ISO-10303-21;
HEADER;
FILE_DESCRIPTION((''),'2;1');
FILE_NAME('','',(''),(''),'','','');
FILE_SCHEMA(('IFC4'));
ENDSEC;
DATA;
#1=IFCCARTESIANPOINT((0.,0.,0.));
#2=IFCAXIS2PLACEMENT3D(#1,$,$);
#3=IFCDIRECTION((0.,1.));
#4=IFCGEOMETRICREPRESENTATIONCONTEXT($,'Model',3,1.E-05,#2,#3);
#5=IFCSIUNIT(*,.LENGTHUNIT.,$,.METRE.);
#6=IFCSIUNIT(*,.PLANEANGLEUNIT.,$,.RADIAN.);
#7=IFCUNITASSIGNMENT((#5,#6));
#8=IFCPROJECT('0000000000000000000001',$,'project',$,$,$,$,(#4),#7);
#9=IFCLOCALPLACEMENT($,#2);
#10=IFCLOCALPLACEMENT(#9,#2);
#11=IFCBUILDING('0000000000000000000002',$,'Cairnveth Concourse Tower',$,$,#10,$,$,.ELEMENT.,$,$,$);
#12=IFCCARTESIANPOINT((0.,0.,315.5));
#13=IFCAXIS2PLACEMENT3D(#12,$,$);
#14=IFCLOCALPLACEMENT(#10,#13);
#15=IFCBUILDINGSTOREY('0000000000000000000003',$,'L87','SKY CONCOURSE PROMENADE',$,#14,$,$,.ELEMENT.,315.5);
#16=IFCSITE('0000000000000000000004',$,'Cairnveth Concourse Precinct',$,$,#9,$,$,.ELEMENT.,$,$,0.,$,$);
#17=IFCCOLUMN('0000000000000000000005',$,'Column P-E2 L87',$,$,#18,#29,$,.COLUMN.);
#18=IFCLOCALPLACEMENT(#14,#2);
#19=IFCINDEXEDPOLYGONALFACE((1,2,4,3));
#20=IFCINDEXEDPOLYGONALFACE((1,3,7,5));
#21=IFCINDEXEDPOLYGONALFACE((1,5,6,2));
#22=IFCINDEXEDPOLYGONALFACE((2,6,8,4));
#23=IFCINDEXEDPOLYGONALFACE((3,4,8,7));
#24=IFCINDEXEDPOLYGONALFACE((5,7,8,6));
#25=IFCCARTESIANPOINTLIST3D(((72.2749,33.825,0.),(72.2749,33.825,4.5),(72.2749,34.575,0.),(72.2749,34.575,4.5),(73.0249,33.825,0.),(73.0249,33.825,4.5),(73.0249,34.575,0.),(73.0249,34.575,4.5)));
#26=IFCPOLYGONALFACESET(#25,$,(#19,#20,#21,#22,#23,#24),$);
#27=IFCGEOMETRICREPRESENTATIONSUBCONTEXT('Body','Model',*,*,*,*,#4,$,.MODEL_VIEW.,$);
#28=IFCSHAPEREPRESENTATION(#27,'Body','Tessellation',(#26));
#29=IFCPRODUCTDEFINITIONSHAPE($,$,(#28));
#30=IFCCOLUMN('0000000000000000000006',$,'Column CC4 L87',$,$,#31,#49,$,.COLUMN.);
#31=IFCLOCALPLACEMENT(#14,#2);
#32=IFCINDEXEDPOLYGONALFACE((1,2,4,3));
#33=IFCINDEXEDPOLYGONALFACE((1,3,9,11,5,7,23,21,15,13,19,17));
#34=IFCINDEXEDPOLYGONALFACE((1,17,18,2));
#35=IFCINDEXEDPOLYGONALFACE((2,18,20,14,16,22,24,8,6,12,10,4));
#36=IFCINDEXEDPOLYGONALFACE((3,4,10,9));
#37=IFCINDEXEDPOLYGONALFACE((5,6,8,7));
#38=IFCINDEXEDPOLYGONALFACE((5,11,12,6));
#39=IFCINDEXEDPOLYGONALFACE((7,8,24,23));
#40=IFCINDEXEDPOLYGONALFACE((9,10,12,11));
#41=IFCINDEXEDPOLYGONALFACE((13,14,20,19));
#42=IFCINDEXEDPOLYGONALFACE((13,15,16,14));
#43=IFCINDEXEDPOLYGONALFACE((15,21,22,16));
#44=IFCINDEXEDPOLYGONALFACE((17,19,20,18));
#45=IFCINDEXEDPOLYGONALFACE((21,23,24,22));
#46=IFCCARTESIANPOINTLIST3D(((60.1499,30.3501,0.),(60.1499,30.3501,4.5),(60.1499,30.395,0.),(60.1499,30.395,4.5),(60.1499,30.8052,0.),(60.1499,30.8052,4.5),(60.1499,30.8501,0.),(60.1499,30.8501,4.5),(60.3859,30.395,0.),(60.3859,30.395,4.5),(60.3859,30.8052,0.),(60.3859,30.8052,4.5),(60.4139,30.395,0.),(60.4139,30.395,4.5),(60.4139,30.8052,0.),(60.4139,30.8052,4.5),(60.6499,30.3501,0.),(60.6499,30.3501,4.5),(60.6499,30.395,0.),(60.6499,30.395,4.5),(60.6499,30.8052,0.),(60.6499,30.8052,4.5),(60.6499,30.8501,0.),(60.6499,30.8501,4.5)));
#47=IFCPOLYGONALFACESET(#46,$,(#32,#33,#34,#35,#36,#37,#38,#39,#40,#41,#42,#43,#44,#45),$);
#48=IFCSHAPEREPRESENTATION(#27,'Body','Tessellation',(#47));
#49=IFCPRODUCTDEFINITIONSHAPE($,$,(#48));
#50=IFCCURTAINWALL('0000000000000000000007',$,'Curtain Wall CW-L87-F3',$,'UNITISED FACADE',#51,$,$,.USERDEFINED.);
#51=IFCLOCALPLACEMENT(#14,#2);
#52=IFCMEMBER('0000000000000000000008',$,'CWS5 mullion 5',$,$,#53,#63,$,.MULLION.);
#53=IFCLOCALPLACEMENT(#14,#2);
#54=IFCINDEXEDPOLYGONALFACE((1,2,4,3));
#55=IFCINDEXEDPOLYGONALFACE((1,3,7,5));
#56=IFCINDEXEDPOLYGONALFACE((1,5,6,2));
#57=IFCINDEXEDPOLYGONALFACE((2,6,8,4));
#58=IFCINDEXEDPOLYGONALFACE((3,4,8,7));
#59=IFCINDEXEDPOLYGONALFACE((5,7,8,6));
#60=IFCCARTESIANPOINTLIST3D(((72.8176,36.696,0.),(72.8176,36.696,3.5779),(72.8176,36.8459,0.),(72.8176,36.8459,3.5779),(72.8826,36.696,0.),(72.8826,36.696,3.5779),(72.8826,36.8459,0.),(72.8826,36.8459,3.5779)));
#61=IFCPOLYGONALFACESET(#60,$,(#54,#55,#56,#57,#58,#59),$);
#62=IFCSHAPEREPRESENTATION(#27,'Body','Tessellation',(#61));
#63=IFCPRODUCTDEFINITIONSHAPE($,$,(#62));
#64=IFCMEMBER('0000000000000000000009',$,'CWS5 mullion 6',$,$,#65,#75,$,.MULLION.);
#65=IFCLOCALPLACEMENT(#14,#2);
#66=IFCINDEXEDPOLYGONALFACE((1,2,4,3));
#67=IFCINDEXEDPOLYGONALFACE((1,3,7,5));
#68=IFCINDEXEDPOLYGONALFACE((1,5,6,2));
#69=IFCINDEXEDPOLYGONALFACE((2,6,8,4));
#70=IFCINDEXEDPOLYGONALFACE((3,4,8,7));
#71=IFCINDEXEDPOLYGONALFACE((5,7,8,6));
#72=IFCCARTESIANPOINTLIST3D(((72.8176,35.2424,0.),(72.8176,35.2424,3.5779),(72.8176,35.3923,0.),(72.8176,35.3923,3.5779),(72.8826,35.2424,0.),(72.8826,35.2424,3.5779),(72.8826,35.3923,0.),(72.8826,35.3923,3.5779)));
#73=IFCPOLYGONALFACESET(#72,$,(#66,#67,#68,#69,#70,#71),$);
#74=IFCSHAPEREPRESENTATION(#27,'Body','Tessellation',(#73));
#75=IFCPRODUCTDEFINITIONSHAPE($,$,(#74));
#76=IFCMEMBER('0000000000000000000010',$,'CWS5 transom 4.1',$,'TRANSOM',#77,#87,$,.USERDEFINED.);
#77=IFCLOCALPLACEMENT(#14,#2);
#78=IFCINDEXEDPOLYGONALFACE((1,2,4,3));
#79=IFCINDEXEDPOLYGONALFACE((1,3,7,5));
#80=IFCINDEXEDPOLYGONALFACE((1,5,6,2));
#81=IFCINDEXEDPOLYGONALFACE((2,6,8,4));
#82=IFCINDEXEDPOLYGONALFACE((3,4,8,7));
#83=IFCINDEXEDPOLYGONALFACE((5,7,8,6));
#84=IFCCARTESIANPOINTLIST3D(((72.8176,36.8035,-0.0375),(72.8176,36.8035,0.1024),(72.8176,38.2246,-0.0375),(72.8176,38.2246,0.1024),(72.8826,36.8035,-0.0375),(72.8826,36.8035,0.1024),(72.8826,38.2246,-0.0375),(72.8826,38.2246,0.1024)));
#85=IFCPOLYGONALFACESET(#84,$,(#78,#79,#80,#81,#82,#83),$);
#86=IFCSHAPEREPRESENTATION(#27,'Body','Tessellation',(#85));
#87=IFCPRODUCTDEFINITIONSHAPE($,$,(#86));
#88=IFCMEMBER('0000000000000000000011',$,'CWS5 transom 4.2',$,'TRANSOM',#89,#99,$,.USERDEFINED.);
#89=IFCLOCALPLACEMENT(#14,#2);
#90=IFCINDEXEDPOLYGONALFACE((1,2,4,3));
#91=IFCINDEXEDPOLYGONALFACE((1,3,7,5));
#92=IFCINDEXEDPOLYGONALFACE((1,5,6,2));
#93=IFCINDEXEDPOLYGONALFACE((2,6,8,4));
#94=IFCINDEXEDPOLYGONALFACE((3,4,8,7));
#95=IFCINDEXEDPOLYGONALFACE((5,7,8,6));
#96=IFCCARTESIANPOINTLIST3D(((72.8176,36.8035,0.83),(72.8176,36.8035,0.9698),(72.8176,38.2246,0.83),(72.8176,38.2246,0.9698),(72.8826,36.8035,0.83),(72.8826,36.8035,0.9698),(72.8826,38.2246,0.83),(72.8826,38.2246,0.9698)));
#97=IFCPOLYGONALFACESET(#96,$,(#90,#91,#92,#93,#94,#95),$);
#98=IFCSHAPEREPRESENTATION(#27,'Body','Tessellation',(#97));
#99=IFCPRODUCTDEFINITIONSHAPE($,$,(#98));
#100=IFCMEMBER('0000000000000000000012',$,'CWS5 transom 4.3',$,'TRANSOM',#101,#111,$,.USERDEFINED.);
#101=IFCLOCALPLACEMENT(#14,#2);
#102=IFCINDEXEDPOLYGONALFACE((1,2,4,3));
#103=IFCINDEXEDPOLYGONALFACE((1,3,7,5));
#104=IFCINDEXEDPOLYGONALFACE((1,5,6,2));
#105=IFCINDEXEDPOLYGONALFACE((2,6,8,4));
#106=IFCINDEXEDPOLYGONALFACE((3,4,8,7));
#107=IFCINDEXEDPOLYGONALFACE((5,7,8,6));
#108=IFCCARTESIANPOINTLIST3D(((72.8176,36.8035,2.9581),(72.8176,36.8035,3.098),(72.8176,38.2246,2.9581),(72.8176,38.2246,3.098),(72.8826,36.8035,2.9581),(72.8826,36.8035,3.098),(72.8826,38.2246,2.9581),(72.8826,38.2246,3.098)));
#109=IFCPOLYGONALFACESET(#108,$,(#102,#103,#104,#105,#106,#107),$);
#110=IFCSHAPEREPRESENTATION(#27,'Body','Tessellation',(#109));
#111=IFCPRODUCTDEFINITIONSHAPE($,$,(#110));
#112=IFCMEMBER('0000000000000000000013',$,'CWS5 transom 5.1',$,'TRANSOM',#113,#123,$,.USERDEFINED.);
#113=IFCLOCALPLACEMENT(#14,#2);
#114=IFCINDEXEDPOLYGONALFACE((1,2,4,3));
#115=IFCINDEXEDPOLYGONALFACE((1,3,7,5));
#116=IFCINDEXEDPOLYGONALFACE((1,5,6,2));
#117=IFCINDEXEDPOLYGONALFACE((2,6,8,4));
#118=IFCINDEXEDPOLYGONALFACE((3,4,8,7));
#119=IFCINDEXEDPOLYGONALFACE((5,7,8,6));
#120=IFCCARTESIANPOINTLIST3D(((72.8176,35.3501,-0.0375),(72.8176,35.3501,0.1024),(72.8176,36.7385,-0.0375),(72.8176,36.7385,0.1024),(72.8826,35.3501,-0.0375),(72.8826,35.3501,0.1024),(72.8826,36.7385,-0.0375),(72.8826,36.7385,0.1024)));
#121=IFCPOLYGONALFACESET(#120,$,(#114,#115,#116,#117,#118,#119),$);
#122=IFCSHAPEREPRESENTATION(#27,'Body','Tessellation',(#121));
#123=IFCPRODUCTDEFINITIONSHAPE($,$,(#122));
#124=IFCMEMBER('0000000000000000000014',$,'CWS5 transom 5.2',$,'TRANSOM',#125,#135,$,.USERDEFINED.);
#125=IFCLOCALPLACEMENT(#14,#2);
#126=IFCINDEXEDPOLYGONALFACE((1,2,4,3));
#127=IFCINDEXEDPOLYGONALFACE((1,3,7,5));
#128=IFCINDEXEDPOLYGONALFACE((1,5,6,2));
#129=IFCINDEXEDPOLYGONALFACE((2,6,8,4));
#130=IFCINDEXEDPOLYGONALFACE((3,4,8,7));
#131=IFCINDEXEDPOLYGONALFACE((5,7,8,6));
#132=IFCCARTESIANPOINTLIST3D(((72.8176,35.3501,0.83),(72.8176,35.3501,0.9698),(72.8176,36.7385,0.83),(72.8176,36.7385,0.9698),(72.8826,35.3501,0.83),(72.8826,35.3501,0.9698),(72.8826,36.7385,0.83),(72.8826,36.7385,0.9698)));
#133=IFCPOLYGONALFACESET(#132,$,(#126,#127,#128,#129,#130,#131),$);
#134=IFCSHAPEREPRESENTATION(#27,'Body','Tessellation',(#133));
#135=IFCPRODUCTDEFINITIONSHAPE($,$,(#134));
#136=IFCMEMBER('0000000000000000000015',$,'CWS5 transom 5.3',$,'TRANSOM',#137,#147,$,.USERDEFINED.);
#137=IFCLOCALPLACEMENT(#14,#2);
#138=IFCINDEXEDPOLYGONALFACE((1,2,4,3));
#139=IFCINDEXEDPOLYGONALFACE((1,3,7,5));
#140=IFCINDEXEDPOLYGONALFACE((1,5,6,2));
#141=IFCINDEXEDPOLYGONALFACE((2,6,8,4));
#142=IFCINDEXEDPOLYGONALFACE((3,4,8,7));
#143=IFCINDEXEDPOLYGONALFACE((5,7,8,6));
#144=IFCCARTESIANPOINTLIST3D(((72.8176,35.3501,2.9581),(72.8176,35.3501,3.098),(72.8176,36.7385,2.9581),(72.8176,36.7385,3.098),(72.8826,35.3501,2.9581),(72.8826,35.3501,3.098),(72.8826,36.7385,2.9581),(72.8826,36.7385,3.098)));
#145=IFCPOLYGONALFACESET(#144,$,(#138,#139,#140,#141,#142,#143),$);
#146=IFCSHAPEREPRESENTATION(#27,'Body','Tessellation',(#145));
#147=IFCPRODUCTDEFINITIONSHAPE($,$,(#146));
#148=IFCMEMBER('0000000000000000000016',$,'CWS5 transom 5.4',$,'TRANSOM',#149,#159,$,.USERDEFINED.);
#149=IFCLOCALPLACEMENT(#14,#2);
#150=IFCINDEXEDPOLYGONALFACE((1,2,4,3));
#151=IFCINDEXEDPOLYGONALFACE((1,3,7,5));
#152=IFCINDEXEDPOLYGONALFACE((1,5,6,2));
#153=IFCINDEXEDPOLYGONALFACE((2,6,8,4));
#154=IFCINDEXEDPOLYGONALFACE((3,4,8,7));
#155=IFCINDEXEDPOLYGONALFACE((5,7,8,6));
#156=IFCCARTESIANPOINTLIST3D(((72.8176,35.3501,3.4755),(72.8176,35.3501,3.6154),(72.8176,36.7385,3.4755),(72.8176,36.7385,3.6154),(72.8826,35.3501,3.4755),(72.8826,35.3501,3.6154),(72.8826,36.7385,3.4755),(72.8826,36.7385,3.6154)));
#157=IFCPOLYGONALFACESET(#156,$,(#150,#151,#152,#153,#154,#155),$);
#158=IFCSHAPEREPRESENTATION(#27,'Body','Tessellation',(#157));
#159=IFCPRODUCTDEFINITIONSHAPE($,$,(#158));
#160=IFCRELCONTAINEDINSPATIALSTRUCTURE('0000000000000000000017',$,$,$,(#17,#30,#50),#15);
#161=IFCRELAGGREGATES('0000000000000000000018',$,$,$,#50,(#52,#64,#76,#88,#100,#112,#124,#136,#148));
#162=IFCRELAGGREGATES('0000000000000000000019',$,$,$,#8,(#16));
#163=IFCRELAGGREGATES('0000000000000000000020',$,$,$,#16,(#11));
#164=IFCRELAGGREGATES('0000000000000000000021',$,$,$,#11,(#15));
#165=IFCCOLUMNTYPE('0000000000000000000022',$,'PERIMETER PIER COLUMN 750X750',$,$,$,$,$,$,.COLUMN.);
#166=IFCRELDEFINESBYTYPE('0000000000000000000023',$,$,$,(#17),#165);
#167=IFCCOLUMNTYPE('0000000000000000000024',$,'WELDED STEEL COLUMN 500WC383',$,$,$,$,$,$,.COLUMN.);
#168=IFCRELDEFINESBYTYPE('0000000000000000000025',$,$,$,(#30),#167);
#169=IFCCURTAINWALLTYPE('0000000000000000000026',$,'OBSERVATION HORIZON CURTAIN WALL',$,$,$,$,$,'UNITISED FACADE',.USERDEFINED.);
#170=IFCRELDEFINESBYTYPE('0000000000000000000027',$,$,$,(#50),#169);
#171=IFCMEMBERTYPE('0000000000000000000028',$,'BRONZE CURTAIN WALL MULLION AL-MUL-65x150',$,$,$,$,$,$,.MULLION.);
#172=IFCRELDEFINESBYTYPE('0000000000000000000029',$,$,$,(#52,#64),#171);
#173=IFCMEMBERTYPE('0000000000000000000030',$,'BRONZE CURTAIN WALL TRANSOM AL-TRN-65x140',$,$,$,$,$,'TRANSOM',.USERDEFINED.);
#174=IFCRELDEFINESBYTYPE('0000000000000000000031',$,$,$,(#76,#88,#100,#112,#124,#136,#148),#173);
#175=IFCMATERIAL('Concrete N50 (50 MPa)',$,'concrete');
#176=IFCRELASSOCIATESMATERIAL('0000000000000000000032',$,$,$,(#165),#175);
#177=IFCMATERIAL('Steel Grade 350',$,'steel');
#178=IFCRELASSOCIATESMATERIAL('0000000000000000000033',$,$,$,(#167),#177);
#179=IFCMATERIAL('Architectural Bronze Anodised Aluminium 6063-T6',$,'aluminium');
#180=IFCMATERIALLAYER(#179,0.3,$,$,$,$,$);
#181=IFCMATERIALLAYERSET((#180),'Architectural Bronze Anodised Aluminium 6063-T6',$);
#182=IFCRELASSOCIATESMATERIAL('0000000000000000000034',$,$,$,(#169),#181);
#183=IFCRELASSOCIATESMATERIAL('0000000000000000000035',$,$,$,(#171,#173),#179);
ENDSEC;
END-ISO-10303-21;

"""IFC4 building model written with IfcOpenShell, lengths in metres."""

from ifc_helpers import new_model, si_unit, direction, frame, origin, origin_2d, place, context, subcontext, project, spatial, rectangle, i_section, extrude, material, layer, layer_set, material_profile, profile_set, type_object, element, aggregate, save


model = new_model("IFC4")

# Units and contexts
model_context = context("Model", 3, precision=1e-05, world=origin(), true_north=direction((0.0, 1.0)))
body_context = subcontext(model_context, "Body", "Model", "MODEL_VIEW")
ifc_project = project(units=[si_unit("LENGTHUNIT", "METRE"), si_unit("PLANEANGLEUNIT", "RADIAN")], contexts=[model_context])

# Site, building, storey
site_placement = place(None, origin())
site = spatial("IfcSite", under=ifc_project, at=site_placement, Name="Cairnveth Concourse Precinct", CompositionType="ELEMENT", RefElevation=0.0)
building_placement = place(site_placement, origin())
building = spatial("IfcBuilding", under=site, at=building_placement, Name="Cairnveth Concourse Tower", CompositionType="ELEMENT")
storey_placement = place(building_placement, frame((0.0, 0.0, 315.5)))
storey = spatial("IfcBuildingStorey", under=building, at=storey_placement, Name="L87", Description="SKY CONCOURSE PROMENADE", CompositionType="ELEMENT", Elevation=315.5)

# Columns
ifc_material_1 = material(Name="Concrete N50 (50 MPa)", Category="concrete")
ifc_material_profile_1 = material_profile(ifc_material_1, rectangle(XDim=0.75, YDim=0.75, at=origin_2d()), Name="RC-COL-750x750")
ifc_profile_set_1 = profile_set([ifc_material_profile_1], Name="Concrete N50 (50 MPa)")
column_type_1 = type_object("IfcColumnType", Name="PERIMETER PIER COLUMN 750X750", PredefinedType="COLUMN", material=ifc_profile_set_1)
column_1_placement = place(storey_placement, frame((72.6499, 34.2, 0.0), z_axis=(0.0, 0.0, 1.0), x_axis=(0.0, 1.0, 0.0)))
element("IfcColumn", 1, at=column_1_placement, inside=storey, type_object=column_type_1, Name="Column P-E2 L87", PredefinedType="COLUMN", context=body_context, shape_type="SweptSolid", body=[
    extrude(rectangle(XDim=0.75, YDim=0.75, at=origin_2d()), origin(), (0.0, 0.0, 1.0), 4.5),
])
ifc_material_2 = material(Name="Steel Grade 350", Category="steel")
ifc_material_profile_2 = material_profile(ifc_material_2, i_section(OverallWidth=0.5, OverallDepth=0.5, WebThickness=0.0281, FlangeThickness=0.0449, at=origin_2d()), Name="500WC383")
ifc_profile_set_2 = profile_set([ifc_material_profile_2], Name="Steel Grade 350")
column_type_2 = type_object("IfcColumnType", Name="WELDED STEEL COLUMN 500WC383", PredefinedType="COLUMN", material=ifc_profile_set_2)
column_2_placement = place(storey_placement, frame((60.3999, 30.6001, 0.0), z_axis=(0.0, 0.0, 1.0), x_axis=(1.0, 0.0, 0.0)))
element("IfcColumn", 2, at=column_2_placement, inside=storey, type_object=column_type_2, Name="Column CC4 L87", PredefinedType="COLUMN", context=body_context, shape_type="SweptSolid", body=[
    extrude(i_section(OverallWidth=0.5, OverallDepth=0.5, WebThickness=0.0281, FlangeThickness=0.0449, at=origin_2d()), origin(), (0.0, 0.0, 1.0), 4.5),
])

# Curtain wall, members
ifc_material_3 = material(Name="Architectural Bronze Anodised Aluminium 6063-T6", Category="aluminium")
ifc_layer_1 = layer(ifc_material_3, 0.3)
ifc_layer_set_1 = layer_set([ifc_layer_1], Name="Architectural Bronze Anodised Aluminium 6063-T6")
curtain_wall_type = type_object("IfcCurtainWallType", Name="OBSERVATION HORIZON CURTAIN WALL", ElementType="UNITISED FACADE", PredefinedType="USERDEFINED", material=ifc_layer_set_1)
curtain_wall_placement = place(storey_placement, origin())
curtain_wall = element("IfcCurtainWall", 3, at=curtain_wall_placement, inside=storey, type_object=curtain_wall_type, Name="Curtain Wall CW-L87-F3", ObjectType="UNITISED FACADE", PredefinedType="USERDEFINED")
ifc_material_profile_3 = material_profile(ifc_material_3, rectangle(XDim=0.0649, YDim=0.1499, at=origin_2d()), Name="AL-MUL-65x150")
ifc_profile_set_3 = profile_set([ifc_material_profile_3], Name="Architectural Bronze Anodised Aluminium 6063-T6")
member_type_1 = type_object("IfcMemberType", Name="BRONZE CURTAIN WALL MULLION AL-MUL-65x150", PredefinedType="MULLION", material=ifc_profile_set_3)
member_1_placement = place(storey_placement, frame((72.8501, 36.771, 0.0), z_axis=(0.0, 0.0, 1.0), x_axis=(1.0, 0.0, 0.0)))
member_1 = element("IfcMember", 4, at=member_1_placement, type_object=member_type_1, Name="CWS5 mullion 5", PredefinedType="MULLION", context=body_context, shape_type="SweptSolid", body=[
    extrude(rectangle(XDim=0.0649, YDim=0.1499, at=origin_2d()), origin(), (0.0, 0.0, 1.0), 3.5779),
])
member_2_placement = place(storey_placement, frame((72.8501, 35.3174, 0.0), z_axis=(0.0, 0.0, 1.0), x_axis=(1.0, 0.0, 0.0)))
member_2 = element("IfcMember", 5, at=member_2_placement, type_object=member_type_1, Name="CWS5 mullion 6", PredefinedType="MULLION", context=body_context, shape_type="SweptSolid", body=[
    extrude(rectangle(XDim=0.0649, YDim=0.1499, at=origin_2d()), origin(), (0.0, 0.0, 1.0), 3.5779),
])
ifc_material_profile_4 = material_profile(ifc_material_3, rectangle(XDim=0.0649, YDim=0.1399, at=origin_2d()), Name="AL-TRN-65x140")
ifc_profile_set_4 = profile_set([ifc_material_profile_4], Name="Architectural Bronze Anodised Aluminium 6063-T6")
member_type_2 = type_object("IfcMemberType", Name="BRONZE CURTAIN WALL TRANSOM AL-TRN-65x140", ElementType="TRANSOM", PredefinedType="USERDEFINED", material=ifc_profile_set_4)
member_3_placement = place(storey_placement, frame((72.8501, 38.2246, 0.0325), z_axis=(0.0, -1.0, 0.0), x_axis=(1.0, 0.0, 0.0)))
member_3 = element("IfcMember", 6, at=member_3_placement, type_object=member_type_2, Name="CWS5 transom 4.1", ObjectType="TRANSOM", PredefinedType="USERDEFINED", context=body_context, shape_type="SweptSolid", body=[
    extrude(rectangle(XDim=0.0649, YDim=0.1399, at=origin_2d()), origin(), (0.0, 0.0, 1.0), 1.4211),
])
member_4_placement = place(storey_placement, frame((72.8501, 38.2246, 0.8999), z_axis=(0.0, -1.0, 0.0), x_axis=(1.0, 0.0, 0.0)))
member_4 = element("IfcMember", 7, at=member_4_placement, type_object=member_type_2, Name="CWS5 transom 4.2", ObjectType="TRANSOM", PredefinedType="USERDEFINED", context=body_context, shape_type="SweptSolid", body=[
    extrude(rectangle(XDim=0.0649, YDim=0.1399, at=origin_2d()), origin(), (0.0, 0.0, 1.0), 1.4211),
])
member_5_placement = place(storey_placement, frame((72.8501, 38.2246, 3.0281), z_axis=(0.0, -1.0, 0.0), x_axis=(1.0, 0.0, 0.0)))
member_5 = element("IfcMember", 8, at=member_5_placement, type_object=member_type_2, Name="CWS5 transom 4.3", ObjectType="TRANSOM", PredefinedType="USERDEFINED", context=body_context, shape_type="SweptSolid", body=[
    extrude(rectangle(XDim=0.0649, YDim=0.1399, at=origin_2d()), origin(), (0.0, 0.0, 1.0), 1.4211),
])
member_6_placement = place(storey_placement, frame((72.8501, 36.7385, 0.0325), z_axis=(0.0, -1.0, 0.0), x_axis=(1.0, 0.0, 0.0)))
member_6 = element("IfcMember", 9, at=member_6_placement, type_object=member_type_2, Name="CWS5 transom 5.1", ObjectType="TRANSOM", PredefinedType="USERDEFINED", context=body_context, shape_type="SweptSolid", body=[
    extrude(rectangle(XDim=0.0649, YDim=0.1399, at=origin_2d()), origin(), (0.0, 0.0, 1.0), 1.3884),
])
member_7_placement = place(storey_placement, frame((72.8501, 36.7385, 0.8999), z_axis=(0.0, -1.0, 0.0), x_axis=(1.0, 0.0, 0.0)))
member_7 = element("IfcMember", 10, at=member_7_placement, type_object=member_type_2, Name="CWS5 transom 5.2", ObjectType="TRANSOM", PredefinedType="USERDEFINED", context=body_context, shape_type="SweptSolid", body=[
    extrude(rectangle(XDim=0.0649, YDim=0.1399, at=origin_2d()), origin(), (0.0, 0.0, 1.0), 1.3884),
])
member_8_placement = place(storey_placement, frame((72.8501, 36.7385, 3.0281), z_axis=(0.0, -1.0, 0.0), x_axis=(1.0, 0.0, 0.0)))
member_8 = element("IfcMember", 11, at=member_8_placement, type_object=member_type_2, Name="CWS5 transom 5.3", ObjectType="TRANSOM", PredefinedType="USERDEFINED", context=body_context, shape_type="SweptSolid", body=[
    extrude(rectangle(XDim=0.0649, YDim=0.1399, at=origin_2d()), origin(), (0.0, 0.0, 1.0), 1.3884),
])
member_9_placement = place(storey_placement, frame((72.8501, 36.7385, 3.5454), z_axis=(0.0, -1.0, 0.0), x_axis=(1.0, 0.0, 0.0)))
member_9 = element("IfcMember", 12, at=member_9_placement, type_object=member_type_2, Name="CWS5 transom 5.4", ObjectType="TRANSOM", PredefinedType="USERDEFINED", context=body_context, shape_type="SweptSolid", body=[
    extrude(rectangle(XDim=0.0649, YDim=0.1399, at=origin_2d()), origin(), (0.0, 0.0, 1.0), 1.3884),
])

aggregate(curtain_wall, [member_1, member_2, member_3, member_4, member_5, member_6, member_7, member_8, member_9])

save(model, "model.ifc")
